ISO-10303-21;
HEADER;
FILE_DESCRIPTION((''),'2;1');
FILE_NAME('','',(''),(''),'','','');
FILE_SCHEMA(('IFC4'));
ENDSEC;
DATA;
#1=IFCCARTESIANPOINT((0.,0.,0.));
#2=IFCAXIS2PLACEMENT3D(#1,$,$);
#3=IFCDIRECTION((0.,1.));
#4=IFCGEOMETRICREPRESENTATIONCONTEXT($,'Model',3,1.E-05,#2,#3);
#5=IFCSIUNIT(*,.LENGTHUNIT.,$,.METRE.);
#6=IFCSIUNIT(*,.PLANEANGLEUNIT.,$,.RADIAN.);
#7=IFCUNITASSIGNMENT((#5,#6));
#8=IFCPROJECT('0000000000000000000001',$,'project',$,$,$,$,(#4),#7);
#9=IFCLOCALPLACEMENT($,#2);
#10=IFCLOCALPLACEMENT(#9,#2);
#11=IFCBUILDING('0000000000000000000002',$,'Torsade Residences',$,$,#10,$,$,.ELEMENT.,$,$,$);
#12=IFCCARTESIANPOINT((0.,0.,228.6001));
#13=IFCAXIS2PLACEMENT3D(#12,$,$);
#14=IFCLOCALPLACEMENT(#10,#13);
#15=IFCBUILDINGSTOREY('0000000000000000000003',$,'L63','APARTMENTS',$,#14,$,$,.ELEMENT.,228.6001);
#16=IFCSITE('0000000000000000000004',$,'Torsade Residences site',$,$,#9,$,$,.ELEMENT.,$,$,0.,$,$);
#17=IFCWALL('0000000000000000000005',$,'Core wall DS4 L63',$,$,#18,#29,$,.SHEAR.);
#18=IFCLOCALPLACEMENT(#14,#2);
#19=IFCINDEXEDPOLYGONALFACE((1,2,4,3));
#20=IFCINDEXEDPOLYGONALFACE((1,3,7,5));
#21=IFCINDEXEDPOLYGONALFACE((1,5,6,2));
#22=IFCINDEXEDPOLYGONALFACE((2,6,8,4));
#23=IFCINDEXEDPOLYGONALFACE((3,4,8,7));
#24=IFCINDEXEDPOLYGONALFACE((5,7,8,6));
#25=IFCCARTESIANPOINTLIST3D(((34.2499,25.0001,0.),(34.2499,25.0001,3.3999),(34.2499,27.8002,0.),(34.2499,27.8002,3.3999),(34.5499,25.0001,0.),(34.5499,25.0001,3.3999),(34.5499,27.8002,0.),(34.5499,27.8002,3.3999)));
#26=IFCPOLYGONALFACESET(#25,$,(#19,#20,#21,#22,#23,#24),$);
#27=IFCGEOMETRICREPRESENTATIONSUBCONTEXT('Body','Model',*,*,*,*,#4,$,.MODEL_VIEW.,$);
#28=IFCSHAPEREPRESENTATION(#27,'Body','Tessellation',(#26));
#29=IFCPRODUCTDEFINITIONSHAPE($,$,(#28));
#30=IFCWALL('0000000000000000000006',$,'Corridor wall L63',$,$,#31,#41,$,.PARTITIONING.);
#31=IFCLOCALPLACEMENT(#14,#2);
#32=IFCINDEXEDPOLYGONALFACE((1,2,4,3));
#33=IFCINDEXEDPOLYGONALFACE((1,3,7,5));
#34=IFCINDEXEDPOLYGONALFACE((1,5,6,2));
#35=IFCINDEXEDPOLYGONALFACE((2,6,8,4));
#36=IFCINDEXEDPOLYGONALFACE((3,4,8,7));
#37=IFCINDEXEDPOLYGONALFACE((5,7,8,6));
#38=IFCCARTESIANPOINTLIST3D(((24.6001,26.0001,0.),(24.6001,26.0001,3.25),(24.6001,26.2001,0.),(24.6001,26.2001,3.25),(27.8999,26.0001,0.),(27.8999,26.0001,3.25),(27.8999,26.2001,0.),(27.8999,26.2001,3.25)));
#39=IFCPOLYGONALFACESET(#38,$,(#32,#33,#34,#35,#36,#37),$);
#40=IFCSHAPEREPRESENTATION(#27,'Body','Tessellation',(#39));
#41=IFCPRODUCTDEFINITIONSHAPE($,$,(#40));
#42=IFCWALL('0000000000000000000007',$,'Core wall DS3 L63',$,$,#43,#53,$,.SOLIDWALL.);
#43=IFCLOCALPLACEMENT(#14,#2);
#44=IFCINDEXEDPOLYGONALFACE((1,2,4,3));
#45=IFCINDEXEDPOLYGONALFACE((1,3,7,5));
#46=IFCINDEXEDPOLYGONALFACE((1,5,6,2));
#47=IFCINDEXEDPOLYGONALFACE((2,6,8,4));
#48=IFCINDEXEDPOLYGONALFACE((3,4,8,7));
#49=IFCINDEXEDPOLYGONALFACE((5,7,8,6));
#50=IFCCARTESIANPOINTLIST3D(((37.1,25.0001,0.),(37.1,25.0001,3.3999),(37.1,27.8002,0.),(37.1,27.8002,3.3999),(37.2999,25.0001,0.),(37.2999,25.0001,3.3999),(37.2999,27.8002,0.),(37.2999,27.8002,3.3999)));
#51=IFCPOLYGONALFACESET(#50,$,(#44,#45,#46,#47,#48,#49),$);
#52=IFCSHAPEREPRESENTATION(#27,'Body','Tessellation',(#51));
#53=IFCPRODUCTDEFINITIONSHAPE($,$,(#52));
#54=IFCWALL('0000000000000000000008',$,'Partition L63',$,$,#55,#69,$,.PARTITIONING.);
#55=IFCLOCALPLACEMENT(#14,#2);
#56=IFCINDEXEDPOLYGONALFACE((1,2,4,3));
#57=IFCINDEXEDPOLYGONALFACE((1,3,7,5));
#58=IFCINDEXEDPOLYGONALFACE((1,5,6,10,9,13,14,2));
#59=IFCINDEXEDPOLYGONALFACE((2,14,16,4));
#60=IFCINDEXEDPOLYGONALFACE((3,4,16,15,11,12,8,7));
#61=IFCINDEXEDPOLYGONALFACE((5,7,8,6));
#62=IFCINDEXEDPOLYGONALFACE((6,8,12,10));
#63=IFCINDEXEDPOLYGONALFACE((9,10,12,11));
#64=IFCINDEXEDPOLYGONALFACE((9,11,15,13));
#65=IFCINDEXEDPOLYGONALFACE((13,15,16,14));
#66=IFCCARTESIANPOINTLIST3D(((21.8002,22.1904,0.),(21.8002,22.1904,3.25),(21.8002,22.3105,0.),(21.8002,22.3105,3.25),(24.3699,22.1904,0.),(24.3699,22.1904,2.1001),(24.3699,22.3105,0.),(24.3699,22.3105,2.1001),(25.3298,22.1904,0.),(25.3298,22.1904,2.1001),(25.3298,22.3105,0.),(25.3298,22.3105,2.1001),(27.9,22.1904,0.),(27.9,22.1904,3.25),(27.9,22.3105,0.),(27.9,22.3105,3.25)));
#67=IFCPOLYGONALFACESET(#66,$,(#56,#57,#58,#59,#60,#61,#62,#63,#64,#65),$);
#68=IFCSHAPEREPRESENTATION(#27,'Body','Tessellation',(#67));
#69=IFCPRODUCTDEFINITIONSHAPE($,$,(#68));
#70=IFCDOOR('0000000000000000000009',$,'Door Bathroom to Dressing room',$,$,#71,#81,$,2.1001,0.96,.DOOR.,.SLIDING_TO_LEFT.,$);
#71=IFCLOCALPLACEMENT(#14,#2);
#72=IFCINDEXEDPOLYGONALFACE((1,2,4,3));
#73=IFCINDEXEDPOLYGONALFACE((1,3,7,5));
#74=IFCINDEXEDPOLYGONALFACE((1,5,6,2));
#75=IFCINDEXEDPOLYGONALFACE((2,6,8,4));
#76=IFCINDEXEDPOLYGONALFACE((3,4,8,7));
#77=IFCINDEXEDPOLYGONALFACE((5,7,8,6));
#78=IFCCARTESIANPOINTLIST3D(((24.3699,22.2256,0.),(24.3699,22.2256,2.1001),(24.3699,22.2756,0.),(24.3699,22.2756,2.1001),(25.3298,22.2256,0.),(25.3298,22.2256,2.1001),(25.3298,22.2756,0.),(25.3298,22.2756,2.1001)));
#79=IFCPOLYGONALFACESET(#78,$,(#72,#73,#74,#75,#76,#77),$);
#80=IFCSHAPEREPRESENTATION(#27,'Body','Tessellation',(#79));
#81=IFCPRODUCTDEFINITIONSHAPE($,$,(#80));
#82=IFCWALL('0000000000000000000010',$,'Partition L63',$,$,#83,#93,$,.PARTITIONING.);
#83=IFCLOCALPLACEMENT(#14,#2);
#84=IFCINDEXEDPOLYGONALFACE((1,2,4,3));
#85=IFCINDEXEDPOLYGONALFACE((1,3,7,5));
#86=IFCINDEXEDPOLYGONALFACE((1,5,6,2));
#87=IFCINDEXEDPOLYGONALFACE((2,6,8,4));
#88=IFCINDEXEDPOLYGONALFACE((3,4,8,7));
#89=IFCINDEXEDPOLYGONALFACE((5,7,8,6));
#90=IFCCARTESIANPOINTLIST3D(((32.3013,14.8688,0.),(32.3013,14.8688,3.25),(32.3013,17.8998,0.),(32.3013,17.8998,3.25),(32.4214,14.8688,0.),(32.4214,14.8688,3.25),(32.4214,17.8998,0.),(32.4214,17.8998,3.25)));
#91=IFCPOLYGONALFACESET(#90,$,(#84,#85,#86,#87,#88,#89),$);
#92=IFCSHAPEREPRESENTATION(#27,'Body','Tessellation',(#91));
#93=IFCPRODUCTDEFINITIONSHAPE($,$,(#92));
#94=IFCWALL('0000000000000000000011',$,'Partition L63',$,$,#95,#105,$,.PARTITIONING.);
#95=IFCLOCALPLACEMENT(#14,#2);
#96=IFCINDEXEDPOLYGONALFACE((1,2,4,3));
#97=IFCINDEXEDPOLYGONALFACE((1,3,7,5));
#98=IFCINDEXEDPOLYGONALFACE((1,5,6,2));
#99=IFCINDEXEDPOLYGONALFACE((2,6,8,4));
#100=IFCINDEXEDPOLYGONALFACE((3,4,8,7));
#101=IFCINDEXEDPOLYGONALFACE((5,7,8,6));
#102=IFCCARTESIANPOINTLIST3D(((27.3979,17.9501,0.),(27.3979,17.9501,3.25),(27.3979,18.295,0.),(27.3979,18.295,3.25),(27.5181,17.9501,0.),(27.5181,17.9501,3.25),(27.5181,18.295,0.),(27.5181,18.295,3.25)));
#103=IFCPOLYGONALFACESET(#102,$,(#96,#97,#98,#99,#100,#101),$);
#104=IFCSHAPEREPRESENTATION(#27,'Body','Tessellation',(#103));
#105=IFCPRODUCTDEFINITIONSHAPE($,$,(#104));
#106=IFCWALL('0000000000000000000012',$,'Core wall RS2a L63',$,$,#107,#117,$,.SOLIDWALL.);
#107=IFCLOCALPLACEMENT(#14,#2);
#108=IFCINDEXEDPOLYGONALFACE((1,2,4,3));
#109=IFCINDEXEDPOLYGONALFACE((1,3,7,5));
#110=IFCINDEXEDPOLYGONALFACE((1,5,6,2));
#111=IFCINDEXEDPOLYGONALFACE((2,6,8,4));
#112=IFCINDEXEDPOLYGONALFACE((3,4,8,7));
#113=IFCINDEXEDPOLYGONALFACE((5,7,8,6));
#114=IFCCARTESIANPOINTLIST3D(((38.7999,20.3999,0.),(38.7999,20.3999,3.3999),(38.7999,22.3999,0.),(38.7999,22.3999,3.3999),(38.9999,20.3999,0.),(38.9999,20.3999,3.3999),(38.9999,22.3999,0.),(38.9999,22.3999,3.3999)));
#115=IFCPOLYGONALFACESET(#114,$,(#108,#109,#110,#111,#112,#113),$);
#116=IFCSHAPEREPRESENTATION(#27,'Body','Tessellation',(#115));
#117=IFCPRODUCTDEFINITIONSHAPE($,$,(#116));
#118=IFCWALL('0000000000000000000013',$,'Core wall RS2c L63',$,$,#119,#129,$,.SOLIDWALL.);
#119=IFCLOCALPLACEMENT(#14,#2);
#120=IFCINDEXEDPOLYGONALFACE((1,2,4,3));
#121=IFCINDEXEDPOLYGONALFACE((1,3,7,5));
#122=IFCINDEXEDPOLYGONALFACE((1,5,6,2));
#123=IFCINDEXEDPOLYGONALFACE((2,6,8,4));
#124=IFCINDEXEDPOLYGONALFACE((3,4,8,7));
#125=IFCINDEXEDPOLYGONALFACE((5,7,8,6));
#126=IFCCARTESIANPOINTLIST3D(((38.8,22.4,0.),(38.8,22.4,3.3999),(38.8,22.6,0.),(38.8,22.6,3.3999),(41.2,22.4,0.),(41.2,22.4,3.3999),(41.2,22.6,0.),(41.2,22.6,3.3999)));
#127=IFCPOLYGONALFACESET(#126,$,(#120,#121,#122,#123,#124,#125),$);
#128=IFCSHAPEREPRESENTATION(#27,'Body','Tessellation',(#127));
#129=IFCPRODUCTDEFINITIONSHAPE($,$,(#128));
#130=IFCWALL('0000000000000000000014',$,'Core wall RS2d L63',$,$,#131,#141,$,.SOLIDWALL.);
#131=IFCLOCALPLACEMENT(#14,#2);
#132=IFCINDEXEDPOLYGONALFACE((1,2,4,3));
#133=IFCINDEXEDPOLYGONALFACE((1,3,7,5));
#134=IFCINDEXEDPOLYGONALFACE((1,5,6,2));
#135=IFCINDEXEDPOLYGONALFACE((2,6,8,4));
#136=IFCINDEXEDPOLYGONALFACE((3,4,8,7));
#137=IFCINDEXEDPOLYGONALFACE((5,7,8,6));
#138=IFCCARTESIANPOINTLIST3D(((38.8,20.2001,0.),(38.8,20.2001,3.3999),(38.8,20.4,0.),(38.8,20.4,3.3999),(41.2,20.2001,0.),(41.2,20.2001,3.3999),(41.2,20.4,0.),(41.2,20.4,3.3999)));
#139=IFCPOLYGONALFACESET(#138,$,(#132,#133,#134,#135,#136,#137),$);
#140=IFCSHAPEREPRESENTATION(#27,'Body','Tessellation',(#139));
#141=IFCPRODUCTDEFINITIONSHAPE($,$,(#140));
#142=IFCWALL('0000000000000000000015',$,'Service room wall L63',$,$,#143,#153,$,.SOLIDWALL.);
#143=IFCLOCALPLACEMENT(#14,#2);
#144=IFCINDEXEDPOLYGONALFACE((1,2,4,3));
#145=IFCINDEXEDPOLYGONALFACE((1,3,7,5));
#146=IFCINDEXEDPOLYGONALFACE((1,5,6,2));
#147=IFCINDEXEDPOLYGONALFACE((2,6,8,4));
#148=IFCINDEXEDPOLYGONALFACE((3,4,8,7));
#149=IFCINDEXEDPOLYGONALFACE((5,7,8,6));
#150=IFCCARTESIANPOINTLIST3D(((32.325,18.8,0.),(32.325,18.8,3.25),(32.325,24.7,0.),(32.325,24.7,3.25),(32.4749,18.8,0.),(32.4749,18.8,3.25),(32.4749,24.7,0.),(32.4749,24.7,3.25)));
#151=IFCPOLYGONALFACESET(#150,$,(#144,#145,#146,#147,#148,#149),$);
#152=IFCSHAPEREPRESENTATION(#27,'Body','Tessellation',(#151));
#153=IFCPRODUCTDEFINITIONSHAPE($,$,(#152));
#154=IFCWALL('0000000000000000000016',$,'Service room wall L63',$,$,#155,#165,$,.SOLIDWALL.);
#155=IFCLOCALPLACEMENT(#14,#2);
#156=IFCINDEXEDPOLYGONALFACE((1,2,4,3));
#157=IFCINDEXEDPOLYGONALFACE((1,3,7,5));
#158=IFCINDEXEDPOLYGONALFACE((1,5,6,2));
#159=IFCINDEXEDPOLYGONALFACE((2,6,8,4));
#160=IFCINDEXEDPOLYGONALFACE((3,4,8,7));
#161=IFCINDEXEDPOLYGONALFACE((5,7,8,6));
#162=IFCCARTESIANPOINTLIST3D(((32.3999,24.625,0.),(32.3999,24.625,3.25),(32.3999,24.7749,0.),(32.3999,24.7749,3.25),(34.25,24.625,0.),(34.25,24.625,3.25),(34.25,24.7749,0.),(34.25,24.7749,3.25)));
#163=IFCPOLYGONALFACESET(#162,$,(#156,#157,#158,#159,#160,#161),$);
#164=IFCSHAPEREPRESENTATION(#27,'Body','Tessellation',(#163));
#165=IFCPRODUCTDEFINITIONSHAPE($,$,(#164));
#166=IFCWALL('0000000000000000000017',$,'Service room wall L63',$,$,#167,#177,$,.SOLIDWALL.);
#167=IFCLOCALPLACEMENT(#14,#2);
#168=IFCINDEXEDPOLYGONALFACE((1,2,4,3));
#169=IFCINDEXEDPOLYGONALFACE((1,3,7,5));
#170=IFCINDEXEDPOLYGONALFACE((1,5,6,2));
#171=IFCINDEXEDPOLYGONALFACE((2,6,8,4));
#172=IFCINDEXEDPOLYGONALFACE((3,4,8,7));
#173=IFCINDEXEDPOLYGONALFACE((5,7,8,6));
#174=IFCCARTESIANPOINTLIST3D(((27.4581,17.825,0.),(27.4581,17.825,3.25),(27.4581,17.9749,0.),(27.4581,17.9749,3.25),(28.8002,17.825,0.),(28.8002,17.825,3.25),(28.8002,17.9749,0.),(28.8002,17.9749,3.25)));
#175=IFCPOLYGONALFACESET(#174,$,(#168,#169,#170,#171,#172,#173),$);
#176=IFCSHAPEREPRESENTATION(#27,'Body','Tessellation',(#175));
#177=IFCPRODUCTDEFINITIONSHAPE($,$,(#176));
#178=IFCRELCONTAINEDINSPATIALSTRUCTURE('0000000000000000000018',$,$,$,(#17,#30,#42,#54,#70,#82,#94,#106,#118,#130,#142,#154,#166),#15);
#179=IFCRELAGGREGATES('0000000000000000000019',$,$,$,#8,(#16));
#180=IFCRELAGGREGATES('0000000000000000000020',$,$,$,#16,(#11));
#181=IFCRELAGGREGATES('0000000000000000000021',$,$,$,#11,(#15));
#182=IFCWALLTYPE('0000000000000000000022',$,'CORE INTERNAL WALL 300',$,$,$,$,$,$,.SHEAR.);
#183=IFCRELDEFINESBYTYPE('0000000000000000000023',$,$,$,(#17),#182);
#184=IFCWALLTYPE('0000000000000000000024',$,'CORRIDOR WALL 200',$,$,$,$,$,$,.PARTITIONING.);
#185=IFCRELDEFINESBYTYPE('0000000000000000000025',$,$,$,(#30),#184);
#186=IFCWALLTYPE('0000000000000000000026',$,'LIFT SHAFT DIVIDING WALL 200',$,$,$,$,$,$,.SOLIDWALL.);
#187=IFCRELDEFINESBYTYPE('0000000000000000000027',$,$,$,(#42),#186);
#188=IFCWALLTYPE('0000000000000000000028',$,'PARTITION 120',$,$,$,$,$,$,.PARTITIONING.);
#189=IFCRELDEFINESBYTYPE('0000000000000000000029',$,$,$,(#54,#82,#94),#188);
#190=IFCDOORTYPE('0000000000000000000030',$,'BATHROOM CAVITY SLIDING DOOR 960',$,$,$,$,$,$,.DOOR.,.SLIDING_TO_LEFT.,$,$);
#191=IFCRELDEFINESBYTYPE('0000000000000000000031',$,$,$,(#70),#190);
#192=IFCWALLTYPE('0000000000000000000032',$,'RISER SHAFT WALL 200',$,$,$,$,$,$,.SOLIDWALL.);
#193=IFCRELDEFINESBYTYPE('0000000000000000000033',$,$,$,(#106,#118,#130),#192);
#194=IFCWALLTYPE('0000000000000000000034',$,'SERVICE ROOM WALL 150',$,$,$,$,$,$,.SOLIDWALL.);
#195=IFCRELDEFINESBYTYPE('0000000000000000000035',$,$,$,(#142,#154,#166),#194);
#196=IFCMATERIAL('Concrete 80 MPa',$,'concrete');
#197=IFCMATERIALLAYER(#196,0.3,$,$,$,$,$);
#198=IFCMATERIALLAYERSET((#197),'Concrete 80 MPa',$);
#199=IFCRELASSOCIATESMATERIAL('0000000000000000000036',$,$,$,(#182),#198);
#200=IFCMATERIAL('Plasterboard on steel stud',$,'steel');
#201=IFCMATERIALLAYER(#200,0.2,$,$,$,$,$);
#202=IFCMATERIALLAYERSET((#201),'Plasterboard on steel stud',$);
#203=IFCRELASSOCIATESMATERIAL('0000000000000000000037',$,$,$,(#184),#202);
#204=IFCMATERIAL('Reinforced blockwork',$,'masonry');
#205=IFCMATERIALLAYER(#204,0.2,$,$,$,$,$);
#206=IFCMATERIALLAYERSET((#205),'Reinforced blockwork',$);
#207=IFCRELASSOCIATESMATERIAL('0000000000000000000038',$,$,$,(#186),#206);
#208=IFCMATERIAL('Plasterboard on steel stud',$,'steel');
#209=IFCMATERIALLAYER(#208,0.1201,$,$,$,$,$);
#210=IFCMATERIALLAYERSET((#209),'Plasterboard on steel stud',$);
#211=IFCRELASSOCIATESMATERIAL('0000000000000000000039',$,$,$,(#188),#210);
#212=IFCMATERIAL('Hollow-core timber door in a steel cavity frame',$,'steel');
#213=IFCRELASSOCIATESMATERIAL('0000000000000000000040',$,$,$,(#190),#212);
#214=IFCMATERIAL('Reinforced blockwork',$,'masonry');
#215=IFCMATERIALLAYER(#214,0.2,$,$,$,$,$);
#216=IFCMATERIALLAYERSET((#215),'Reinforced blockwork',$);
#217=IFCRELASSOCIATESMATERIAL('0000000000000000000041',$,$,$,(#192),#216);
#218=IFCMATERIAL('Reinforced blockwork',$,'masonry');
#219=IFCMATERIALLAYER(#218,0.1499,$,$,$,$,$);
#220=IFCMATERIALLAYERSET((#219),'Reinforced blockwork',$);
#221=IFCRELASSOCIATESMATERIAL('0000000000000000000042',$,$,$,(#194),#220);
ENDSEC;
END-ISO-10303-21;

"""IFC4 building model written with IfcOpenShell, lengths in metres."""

from ifc_helpers import new_model, si_unit, direction, frame, frame_2d, origin, place, context, subcontext, project, spatial, rectangle, extrude, material, layer, layer_set, type_object, element, fill, save


model = new_model("IFC4")

# Units and contexts
model_context = context("Model", 3, precision=1e-05, world=origin(), true_north=direction((0.0, 1.0)))
body_context = subcontext(model_context, "Body", "Model", "MODEL_VIEW")
ifc_project = project(units=[si_unit("LENGTHUNIT", "METRE"), si_unit("PLANEANGLEUNIT", "RADIAN")], contexts=[model_context])

# Site, building, storey
site_placement = place(None, origin())
site = spatial("IfcSite", under=ifc_project, at=site_placement, Name="Torsade Residences site", CompositionType="ELEMENT", RefElevation=0.0)
building_placement = place(site_placement, origin())
building = spatial("IfcBuilding", under=site, at=building_placement, Name="Torsade Residences", CompositionType="ELEMENT")
storey_placement = place(building_placement, frame((0.0, 0.0, 228.6001)))
storey = spatial("IfcBuildingStorey", under=building, at=storey_placement, Name="L63", Description="APARTMENTS", CompositionType="ELEMENT", Elevation=228.6001)

# Walls
ifc_material_1 = material(Name="Concrete 80 MPa", Category="concrete")
ifc_layer_1 = layer(ifc_material_1, 0.3)
ifc_layer_set_1 = layer_set([ifc_layer_1], Name="Concrete 80 MPa")
wall_type_1 = type_object("IfcWallType", Name="CORE INTERNAL WALL 300", PredefinedType="SHEAR", material=ifc_layer_set_1)
wall_1_placement = place(storey_placement, frame((34.3999, 27.8, 0.0), z_axis=(0.0, 0.0, 1.0), x_axis=(0.0, -1.0, 0.0)))
element("IfcWall", 1, at=wall_1_placement, inside=storey, type_object=wall_type_1, Name="Core wall DS4 L63", PredefinedType="SHEAR", context=body_context, shape_type="SweptSolid", body=[
    extrude(rectangle(XDim=2.8, YDim=0.3, at=frame_2d((1.3999, 0.0))), origin(), (0.0, 0.0, 1.0), 3.3999),
])
ifc_material_2 = material(Name="Plasterboard on steel stud", Category="steel")
ifc_layer_2 = layer(ifc_material_2, 0.2)
ifc_layer_set_2 = layer_set([ifc_layer_2], Name="Plasterboard on steel stud")
wall_type_2 = type_object("IfcWallType", Name="CORRIDOR WALL 200", PredefinedType="PARTITIONING", material=ifc_layer_set_2)
wall_2_placement = place(storey_placement, frame((27.8999, 26.1001, 0.0), z_axis=(0.0, 0.0, 1.0), x_axis=(-1.0, 0.0, 0.0)))
element("IfcWall", 2, at=wall_2_placement, inside=storey, type_object=wall_type_2, Name="Corridor wall L63", PredefinedType="PARTITIONING", context=body_context, shape_type="SweptSolid", body=[
    extrude(rectangle(XDim=3.2998, YDim=0.2, at=frame_2d((1.6499, 0.0))), origin(), (0.0, 0.0, 1.0), 3.25),
])
ifc_material_3 = material(Name="Reinforced blockwork", Category="masonry")
ifc_layer_3 = layer(ifc_material_3, 0.2)
ifc_layer_set_3 = layer_set([ifc_layer_3], Name="Reinforced blockwork")
wall_type_3 = type_object("IfcWallType", Name="LIFT SHAFT DIVIDING WALL 200", PredefinedType="SOLIDWALL", material=ifc_layer_set_3)
wall_3_placement = place(storey_placement, frame((37.2, 27.8, 0.0), z_axis=(0.0, 0.0, 1.0), x_axis=(0.0, -1.0, 0.0)))
element("IfcWall", 3, at=wall_3_placement, inside=storey, type_object=wall_type_3, Name="Core wall DS3 L63", PredefinedType="SOLIDWALL", context=body_context, shape_type="SweptSolid", body=[
    extrude(rectangle(XDim=2.8, YDim=0.2, at=frame_2d((1.3999, 0.0))), origin(), (0.0, 0.0, 1.0), 3.3999),
])

# Wall, opening, door
ifc_material_4 = material(Name="Plasterboard on steel stud", Category="steel")
ifc_layer_4 = layer(ifc_material_4, 0.1201)
ifc_layer_set_4 = layer_set([ifc_layer_4], Name="Plasterboard on steel stud")
wall_type_4 = type_object("IfcWallType", Name="PARTITION 120", PredefinedType="PARTITIONING", material=ifc_layer_set_4)
wall_4_placement = place(storey_placement, frame((27.8999, 22.2505, 0.0), z_axis=(0.0, 0.0, 1.0), x_axis=(-1.0, 0.0, 0.0)))
wall_4 = element("IfcWall", 4, at=wall_4_placement, inside=storey, type_object=wall_type_4, Name="Partition L63", PredefinedType="PARTITIONING", context=body_context, shape_type="SweptSolid", body=[
    extrude(rectangle(XDim=6.0999, YDim=0.1201, at=frame_2d((3.0498, 0.0))), origin(), (0.0, 0.0, 1.0), 3.25),
])
opening_1_placement = place(wall_4_placement, frame((2.5701, 0.0, 0.0)))
opening_1 = element("IfcOpeningElement", 5, at=opening_1_placement, cuts=wall_4, PredefinedType="OPENING", context=body_context, shape_type="SweptSolid", body=[
    extrude(rectangle(XDim=0.96, YDim=2.1001, at=frame_2d((0.48, 1.05))), frame((0.0, 0.0701, 0.0), z_axis=(0.0, -1.0, 0.0), x_axis=(1.0, 0.0, 0.0)), (0.0, 0.0, 1.0), 0.1401),
])
ifc_material_5 = material(Name="Hollow-core timber door in a steel cavity frame", Category="steel")
door_type_1 = type_object("IfcDoorType", Name="BATHROOM CAVITY SLIDING DOOR 960", OperationType="SLIDING_TO_LEFT", PredefinedType="DOOR", material=ifc_material_5)
door_1_placement = place(opening_1_placement, origin())
door_1 = element("IfcDoor", 6, at=door_1_placement, inside=storey, type_object=door_type_1, Name="Door Bathroom to Dressing room", OperationType="SLIDING_TO_LEFT", OverallHeight=2.1001, OverallWidth=0.96, PredefinedType="DOOR", context=body_context, shape_type="SweptSolid", body=[
    extrude(rectangle(XDim=0.96, YDim=2.1001, at=frame_2d((0.48, 1.05))), frame((0.0, 0.0249, 0.0), z_axis=(0.0, -1.0, 0.0), x_axis=(1.0, 0.0, 0.0)), (0.0, 0.0, 1.0), 0.05),
])
fill(opening_1, door_1)

# Walls
wall_5_placement = place(storey_placement, frame((32.3613, 17.8999, 0.0), z_axis=(0.0, 0.0, 1.0), x_axis=(0.0, -1.0, 0.0)))
element("IfcWall", 7, at=wall_5_placement, inside=storey, type_object=wall_type_4, Name="Partition L63", PredefinedType="PARTITIONING", context=body_context, shape_type="SweptSolid", body=[
    extrude(rectangle(XDim=3.031, YDim=0.1201, at=frame_2d((1.5156, 0.0))), origin(), (0.0, 0.0, 1.0), 3.25),
])
wall_6_placement = place(storey_placement, frame((27.458, 18.2949, 0.0), z_axis=(0.0, 0.0, 1.0), x_axis=(0.0, -1.0, 0.0)))
element("IfcWall", 8, at=wall_6_placement, inside=storey, type_object=wall_type_4, Name="Partition L63", PredefinedType="PARTITIONING", context=body_context, shape_type="SweptSolid", body=[
    extrude(rectangle(XDim=0.345, YDim=0.1201, at=frame_2d((0.1724, 0.0))), origin(), (0.0, 0.0, 1.0), 3.25),
])
ifc_material_6 = material(Name="Reinforced blockwork", Category="masonry")
ifc_layer_5 = layer(ifc_material_6, 0.2)
ifc_layer_set_5 = layer_set([ifc_layer_5], Name="Reinforced blockwork")
wall_type_5 = type_object("IfcWallType", Name="RISER SHAFT WALL 200", PredefinedType="SOLIDWALL", material=ifc_layer_set_5)
wall_7_placement = place(storey_placement, frame((38.8999, 22.3999, 0.0), z_axis=(0.0, 0.0, 1.0), x_axis=(0.0, -1.0, 0.0)))
element("IfcWall", 9, at=wall_7_placement, inside=storey, type_object=wall_type_5, Name="Core wall RS2a L63", PredefinedType="SOLIDWALL", context=body_context, shape_type="SweptSolid", body=[
    extrude(rectangle(XDim=2.0, YDim=0.2, at=frame_2d((1.0, 0.0))), origin(), (0.0, 0.0, 1.0), 3.3999),
])
for number, where, z_axis, x_axis, name in (
    (10, (38.8, 22.5, 0.0), (0.0, 0.0, 1.0), (1.0, 0.0, 0.0), "Core wall RS2c L63"),
    (11, (38.8, 20.3, 0.0), (0.0, 0.0, 1.0), (1.0, 0.0, 0.0), "Core wall RS2d L63"),
):
    element("IfcWall", number, at=place(storey_placement, frame(where, z_axis=z_axis, x_axis=x_axis)), inside=storey, type_object=wall_type_5, Name=name, PredefinedType="SOLIDWALL", context=body_context, shape_type="SweptSolid", body=[
        extrude(rectangle(XDim=2.3999, YDim=0.2, at=frame_2d((1.2, 0.0))), origin(), (0.0, 0.0, 1.0), 3.3999),
    ])
ifc_material_7 = material(Name="Reinforced blockwork", Category="masonry")
ifc_layer_6 = layer(ifc_material_7, 0.1499)
ifc_layer_set_6 = layer_set([ifc_layer_6], Name="Reinforced blockwork")
wall_type_6 = type_object("IfcWallType", Name="SERVICE ROOM WALL 150", PredefinedType="SOLIDWALL", material=ifc_layer_set_6)
wall_8_placement = place(storey_placement, frame((32.3999, 18.8, 0.0), z_axis=(0.0, 0.0, 1.0), x_axis=(0.0, 1.0, 0.0)))
element("IfcWall", 12, at=wall_8_placement, inside=storey, type_object=wall_type_6, Name="Service room wall L63", PredefinedType="SOLIDWALL", context=body_context, shape_type="SweptSolid", body=[
    extrude(rectangle(XDim=5.8999, YDim=0.1499, at=frame_2d((2.95, 0.0))), origin(), (0.0, 0.0, 1.0), 3.25),
])
wall_9_placement = place(storey_placement, frame((32.3999, 24.7, 0.0), z_axis=(0.0, 0.0, 1.0), x_axis=(1.0, 0.0, 0.0)))
element("IfcWall", 13, at=wall_9_placement, inside=storey, type_object=wall_type_6, Name="Service room wall L63", PredefinedType="SOLIDWALL", context=body_context, shape_type="SweptSolid", body=[
    extrude(rectangle(XDim=1.8501, YDim=0.1499, at=frame_2d((0.925, 0.0))), origin(), (0.0, 0.0, 1.0), 3.25),
])
wall_10_placement = place(storey_placement, frame((28.8, 17.8999, 0.0), z_axis=(0.0, 0.0, 1.0), x_axis=(-1.0, 0.0, 0.0)))
element("IfcWall", 14, at=wall_10_placement, inside=storey, type_object=wall_type_6, Name="Service room wall L63", PredefinedType="SOLIDWALL", context=body_context, shape_type="SweptSolid", body=[
    extrude(rectangle(XDim=1.342, YDim=0.1499, at=frame_2d((0.6709, 0.0))), origin(), (0.0, 0.0, 1.0), 3.25),
])

save(model, "model.ifc")
